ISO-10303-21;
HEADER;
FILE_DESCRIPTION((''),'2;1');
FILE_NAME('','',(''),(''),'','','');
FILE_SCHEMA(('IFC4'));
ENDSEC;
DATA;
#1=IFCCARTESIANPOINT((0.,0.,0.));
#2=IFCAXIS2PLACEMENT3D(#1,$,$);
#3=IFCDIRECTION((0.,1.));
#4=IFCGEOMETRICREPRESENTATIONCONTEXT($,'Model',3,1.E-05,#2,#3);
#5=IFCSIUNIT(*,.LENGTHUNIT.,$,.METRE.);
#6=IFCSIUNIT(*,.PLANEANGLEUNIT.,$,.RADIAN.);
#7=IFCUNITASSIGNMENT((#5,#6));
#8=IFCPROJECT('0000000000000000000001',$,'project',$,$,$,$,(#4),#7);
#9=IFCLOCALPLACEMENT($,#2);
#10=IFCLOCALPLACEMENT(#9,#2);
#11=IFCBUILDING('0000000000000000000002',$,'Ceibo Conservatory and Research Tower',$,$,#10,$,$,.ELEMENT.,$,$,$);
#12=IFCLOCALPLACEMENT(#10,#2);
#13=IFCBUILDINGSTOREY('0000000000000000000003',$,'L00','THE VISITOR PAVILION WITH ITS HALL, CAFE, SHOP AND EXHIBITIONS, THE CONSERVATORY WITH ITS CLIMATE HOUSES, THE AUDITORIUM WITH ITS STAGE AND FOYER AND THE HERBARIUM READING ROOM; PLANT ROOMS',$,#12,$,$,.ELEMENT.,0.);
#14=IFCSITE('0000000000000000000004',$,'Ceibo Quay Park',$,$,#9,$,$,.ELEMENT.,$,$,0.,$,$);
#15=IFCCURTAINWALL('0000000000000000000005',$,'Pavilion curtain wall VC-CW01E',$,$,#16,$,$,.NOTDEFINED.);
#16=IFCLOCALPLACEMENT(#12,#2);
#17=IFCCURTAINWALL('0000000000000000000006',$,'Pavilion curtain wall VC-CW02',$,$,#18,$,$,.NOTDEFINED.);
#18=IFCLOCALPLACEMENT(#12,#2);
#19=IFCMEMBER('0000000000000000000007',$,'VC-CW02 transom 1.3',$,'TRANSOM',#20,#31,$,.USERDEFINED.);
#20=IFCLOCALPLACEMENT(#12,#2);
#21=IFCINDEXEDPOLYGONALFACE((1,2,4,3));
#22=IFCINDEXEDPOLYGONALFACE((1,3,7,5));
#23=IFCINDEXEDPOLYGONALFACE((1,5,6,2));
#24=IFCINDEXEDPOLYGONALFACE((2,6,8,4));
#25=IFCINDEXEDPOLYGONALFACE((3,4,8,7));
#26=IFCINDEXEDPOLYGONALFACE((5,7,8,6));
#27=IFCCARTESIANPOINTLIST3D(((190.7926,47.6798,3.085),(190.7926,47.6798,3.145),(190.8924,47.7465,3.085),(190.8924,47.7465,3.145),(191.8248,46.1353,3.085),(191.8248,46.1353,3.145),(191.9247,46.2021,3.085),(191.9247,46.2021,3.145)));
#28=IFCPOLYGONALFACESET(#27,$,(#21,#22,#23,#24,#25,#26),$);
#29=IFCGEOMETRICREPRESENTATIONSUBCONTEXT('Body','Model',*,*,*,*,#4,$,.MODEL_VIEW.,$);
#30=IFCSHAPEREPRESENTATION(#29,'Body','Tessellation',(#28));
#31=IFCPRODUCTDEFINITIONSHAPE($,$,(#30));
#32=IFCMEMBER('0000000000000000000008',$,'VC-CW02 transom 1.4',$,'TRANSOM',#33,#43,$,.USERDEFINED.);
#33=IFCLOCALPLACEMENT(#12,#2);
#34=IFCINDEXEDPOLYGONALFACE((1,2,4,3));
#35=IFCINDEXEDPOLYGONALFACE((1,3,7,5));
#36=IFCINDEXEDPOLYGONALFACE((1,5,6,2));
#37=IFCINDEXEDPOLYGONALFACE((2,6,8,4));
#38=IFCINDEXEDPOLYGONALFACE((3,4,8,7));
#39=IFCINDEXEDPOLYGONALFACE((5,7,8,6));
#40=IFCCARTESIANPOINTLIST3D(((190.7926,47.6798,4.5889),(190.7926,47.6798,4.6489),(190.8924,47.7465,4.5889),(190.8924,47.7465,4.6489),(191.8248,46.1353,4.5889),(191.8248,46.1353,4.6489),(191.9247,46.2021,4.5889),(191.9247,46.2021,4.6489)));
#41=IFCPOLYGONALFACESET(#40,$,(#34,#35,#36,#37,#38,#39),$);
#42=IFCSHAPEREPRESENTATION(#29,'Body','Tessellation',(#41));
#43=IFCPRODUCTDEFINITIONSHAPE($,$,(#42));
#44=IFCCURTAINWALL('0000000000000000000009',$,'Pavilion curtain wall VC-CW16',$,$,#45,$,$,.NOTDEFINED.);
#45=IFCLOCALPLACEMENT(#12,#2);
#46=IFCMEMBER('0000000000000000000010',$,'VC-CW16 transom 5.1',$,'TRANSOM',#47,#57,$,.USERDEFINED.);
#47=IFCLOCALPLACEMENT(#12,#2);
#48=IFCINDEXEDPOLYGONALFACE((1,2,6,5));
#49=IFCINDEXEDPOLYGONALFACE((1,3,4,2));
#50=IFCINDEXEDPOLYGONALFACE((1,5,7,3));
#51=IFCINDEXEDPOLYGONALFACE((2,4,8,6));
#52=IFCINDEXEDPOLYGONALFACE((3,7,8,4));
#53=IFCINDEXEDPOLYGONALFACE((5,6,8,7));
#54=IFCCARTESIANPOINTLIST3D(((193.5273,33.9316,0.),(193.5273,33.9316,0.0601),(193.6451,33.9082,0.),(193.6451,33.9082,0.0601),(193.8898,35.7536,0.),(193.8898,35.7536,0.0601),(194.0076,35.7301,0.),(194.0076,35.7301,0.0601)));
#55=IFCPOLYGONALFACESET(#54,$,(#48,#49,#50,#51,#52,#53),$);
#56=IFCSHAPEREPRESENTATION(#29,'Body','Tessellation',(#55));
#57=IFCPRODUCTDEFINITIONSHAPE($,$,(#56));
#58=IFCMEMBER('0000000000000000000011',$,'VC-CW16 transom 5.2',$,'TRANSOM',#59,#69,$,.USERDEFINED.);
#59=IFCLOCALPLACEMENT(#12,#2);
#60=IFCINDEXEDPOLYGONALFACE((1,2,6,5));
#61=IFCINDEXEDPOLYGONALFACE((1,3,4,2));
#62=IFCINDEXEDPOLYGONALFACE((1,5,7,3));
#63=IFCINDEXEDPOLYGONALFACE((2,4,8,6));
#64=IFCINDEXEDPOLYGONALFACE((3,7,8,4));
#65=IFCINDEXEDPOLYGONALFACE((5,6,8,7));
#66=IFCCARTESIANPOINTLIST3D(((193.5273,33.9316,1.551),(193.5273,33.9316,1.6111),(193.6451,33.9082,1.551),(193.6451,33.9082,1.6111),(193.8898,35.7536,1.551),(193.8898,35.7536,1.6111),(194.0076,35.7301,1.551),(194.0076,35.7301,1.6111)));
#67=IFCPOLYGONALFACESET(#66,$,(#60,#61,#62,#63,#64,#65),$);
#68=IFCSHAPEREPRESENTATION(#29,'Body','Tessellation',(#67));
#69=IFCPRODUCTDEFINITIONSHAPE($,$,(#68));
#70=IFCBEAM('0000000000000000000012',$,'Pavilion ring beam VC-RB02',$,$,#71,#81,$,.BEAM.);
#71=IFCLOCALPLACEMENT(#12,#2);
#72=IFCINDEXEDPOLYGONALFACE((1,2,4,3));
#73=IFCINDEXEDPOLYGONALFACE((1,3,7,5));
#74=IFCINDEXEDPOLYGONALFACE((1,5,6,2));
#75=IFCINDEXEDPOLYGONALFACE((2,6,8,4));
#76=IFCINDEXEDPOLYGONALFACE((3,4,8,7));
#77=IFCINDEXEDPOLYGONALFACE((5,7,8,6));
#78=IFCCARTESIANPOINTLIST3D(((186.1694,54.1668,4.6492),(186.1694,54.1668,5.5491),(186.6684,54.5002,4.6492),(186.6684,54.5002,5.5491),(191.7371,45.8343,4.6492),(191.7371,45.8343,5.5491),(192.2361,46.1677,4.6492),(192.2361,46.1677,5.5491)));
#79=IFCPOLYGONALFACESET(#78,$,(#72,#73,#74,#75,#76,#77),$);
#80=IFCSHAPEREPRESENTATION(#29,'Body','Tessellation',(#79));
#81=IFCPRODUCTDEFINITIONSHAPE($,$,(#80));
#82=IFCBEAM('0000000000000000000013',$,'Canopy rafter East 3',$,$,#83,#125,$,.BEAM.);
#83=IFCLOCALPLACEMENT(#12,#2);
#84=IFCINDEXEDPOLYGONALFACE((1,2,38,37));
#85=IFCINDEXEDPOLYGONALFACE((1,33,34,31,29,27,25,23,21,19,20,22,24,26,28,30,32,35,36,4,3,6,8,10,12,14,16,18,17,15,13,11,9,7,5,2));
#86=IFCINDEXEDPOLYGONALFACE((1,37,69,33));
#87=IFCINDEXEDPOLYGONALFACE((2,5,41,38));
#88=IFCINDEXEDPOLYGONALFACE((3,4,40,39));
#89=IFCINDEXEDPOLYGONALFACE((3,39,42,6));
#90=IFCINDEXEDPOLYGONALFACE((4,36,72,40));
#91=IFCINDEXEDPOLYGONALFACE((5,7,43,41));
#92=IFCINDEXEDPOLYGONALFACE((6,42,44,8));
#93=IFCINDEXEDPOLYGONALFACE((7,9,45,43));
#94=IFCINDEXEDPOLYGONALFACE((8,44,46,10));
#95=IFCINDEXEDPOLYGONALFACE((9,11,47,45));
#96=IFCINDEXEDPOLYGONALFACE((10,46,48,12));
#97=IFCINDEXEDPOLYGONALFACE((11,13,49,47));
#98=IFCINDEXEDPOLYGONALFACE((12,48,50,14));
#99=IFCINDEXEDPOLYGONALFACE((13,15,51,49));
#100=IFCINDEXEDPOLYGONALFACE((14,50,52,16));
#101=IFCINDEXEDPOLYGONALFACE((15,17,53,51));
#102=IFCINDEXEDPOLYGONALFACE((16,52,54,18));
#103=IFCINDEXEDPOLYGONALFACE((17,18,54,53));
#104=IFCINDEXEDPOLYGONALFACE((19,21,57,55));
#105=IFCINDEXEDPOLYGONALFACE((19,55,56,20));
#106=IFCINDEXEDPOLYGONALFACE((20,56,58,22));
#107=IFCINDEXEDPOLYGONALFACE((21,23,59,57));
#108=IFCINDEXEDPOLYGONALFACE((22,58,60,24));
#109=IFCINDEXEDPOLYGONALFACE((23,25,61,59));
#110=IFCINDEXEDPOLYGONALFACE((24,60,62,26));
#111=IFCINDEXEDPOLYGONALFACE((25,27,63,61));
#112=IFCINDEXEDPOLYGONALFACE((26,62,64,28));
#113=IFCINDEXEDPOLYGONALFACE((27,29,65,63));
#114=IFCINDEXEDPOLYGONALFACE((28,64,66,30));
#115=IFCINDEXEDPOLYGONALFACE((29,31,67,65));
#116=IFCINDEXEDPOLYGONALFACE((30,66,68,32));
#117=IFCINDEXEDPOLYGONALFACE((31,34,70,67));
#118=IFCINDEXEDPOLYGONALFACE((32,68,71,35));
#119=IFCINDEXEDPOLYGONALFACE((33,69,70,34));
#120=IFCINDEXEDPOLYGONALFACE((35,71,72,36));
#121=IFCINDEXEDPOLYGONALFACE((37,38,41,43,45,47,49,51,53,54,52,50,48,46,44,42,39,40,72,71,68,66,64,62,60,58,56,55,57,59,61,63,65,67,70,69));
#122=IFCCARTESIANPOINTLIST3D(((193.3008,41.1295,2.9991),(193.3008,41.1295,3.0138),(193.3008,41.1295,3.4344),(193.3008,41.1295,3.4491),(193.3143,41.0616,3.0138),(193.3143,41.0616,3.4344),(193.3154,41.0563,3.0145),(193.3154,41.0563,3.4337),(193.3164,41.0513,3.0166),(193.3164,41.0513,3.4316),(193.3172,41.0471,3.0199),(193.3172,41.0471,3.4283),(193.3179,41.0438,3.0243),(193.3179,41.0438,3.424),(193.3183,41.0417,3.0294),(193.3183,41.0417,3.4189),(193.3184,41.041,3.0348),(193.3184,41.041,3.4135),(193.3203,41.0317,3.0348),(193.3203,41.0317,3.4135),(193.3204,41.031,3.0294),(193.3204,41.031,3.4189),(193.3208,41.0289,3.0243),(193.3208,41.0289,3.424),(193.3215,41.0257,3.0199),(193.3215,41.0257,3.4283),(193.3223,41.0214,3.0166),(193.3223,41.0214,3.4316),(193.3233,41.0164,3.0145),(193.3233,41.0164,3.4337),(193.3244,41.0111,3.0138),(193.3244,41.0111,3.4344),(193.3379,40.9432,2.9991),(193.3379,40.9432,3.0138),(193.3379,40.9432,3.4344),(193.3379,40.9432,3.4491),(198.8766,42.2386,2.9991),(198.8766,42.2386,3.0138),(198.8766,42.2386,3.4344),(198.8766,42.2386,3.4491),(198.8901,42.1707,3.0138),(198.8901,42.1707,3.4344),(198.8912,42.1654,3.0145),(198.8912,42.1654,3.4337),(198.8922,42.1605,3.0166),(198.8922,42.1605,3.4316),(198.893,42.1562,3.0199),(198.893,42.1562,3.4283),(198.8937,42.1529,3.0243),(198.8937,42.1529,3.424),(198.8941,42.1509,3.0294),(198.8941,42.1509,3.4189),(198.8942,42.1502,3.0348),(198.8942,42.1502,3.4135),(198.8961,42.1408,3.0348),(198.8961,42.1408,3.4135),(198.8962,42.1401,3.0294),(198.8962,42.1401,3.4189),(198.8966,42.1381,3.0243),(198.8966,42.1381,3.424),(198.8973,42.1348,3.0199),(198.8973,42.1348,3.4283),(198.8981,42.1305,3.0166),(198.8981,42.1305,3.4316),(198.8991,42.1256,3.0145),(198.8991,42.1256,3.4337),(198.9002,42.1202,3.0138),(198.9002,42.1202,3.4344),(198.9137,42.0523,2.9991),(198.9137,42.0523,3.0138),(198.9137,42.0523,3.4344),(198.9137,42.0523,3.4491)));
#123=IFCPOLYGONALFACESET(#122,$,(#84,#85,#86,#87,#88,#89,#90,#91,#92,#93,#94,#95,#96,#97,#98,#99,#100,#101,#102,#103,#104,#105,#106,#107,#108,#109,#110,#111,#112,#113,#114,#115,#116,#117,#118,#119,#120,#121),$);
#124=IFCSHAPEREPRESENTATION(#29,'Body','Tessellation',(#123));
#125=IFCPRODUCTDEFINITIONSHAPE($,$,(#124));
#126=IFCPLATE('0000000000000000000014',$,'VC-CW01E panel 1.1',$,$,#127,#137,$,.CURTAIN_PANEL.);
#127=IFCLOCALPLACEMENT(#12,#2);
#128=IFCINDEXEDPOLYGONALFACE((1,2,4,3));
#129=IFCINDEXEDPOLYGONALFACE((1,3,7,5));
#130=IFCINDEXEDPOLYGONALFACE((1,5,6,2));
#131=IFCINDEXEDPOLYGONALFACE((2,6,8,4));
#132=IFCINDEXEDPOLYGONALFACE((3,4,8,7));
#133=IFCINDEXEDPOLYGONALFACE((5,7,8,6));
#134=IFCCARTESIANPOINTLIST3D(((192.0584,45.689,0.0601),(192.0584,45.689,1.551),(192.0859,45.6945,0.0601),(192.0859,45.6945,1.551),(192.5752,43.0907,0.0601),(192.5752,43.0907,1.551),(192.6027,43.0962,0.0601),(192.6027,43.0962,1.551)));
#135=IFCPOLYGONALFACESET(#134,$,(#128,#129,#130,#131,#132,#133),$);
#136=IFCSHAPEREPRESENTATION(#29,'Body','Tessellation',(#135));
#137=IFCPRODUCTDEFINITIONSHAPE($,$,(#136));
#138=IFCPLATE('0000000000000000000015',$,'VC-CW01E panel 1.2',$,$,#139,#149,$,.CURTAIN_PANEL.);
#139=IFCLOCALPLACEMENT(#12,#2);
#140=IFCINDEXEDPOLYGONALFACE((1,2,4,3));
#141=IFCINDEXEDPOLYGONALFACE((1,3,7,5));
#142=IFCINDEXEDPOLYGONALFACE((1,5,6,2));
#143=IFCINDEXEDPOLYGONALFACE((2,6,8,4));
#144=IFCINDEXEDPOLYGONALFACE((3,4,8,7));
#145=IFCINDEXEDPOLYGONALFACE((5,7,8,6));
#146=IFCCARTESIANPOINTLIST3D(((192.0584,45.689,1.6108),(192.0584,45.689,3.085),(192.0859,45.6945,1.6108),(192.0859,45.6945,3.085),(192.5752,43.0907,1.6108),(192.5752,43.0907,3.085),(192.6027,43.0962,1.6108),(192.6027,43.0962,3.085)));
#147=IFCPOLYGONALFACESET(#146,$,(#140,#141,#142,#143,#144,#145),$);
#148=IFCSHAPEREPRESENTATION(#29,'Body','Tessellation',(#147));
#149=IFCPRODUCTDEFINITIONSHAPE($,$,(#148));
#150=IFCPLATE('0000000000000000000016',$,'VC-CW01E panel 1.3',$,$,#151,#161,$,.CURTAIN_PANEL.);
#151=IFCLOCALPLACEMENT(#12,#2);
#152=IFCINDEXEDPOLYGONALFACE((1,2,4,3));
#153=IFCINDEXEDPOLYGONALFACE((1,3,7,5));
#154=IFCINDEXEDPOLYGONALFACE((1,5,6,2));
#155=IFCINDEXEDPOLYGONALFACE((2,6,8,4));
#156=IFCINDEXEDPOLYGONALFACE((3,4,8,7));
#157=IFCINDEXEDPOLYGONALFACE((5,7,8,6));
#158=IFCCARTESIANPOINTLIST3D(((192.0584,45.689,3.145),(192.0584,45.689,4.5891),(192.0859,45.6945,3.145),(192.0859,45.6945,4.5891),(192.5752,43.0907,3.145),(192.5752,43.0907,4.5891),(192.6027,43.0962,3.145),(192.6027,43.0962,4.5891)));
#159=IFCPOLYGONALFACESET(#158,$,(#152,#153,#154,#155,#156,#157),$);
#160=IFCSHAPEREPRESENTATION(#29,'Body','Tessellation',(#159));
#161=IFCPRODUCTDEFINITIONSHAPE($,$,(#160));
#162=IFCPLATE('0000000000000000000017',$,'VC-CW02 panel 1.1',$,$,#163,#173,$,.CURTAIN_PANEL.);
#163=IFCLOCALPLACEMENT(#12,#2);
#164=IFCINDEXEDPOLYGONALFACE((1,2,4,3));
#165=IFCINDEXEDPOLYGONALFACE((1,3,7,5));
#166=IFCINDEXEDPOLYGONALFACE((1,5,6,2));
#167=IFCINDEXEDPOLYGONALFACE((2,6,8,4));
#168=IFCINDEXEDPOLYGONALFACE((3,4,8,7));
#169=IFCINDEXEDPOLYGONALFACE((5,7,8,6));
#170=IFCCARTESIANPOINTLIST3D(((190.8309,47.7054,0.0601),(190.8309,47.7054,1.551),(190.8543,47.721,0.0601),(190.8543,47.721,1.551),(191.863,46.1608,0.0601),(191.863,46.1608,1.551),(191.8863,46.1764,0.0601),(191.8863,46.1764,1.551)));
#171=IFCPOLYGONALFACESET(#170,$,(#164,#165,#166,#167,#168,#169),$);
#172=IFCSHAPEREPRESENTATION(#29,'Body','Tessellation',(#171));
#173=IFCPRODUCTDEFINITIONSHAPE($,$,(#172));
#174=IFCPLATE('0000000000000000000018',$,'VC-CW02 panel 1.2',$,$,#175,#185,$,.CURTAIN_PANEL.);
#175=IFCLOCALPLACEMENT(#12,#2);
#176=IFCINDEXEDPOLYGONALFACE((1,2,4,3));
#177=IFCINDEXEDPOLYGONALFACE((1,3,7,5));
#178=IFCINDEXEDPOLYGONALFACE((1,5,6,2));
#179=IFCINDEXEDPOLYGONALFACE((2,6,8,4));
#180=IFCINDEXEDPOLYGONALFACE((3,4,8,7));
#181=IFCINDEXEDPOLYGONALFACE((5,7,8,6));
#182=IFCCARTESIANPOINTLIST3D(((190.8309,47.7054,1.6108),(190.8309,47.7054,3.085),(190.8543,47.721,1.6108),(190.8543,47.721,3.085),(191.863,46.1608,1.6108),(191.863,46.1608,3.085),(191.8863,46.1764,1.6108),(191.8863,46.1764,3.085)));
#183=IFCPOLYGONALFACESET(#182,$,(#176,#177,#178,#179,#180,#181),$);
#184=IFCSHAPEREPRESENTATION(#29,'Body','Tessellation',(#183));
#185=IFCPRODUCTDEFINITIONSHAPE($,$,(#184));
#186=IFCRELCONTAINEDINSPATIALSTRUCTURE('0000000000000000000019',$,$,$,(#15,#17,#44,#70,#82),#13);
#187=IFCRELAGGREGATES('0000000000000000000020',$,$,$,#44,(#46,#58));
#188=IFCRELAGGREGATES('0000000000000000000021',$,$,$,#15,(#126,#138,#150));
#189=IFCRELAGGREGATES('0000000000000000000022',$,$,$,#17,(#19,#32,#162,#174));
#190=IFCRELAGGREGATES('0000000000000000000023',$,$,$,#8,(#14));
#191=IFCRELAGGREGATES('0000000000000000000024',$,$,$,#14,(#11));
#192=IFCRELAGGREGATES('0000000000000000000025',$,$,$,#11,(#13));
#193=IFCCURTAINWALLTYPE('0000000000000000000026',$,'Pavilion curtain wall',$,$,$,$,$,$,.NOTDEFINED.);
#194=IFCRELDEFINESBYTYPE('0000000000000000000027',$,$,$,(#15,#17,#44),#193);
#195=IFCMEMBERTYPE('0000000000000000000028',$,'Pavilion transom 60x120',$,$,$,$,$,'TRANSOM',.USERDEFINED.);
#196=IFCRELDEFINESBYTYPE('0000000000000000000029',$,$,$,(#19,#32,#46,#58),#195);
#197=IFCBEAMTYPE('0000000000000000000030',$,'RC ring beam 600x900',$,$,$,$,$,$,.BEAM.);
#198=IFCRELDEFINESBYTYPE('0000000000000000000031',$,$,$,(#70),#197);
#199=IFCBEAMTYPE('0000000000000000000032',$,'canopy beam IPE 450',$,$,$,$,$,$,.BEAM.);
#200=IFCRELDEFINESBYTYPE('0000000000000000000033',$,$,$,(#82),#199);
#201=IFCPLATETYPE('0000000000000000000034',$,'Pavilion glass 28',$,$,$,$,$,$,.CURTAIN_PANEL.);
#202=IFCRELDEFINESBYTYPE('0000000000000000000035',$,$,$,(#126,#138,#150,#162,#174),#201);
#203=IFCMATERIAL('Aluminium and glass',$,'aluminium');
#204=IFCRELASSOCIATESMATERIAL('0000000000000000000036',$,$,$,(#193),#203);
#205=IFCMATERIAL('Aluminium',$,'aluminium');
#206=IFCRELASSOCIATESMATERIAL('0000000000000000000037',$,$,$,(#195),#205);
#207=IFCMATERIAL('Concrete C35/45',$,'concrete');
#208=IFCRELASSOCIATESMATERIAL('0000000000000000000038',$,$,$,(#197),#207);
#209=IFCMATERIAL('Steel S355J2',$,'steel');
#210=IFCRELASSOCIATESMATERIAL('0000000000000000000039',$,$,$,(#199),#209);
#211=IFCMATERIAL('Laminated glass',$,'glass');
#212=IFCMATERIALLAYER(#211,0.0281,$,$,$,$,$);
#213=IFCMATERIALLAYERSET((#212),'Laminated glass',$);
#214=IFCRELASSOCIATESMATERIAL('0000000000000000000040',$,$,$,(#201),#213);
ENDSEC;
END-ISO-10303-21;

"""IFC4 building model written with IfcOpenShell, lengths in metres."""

from ifc_helpers import new_model, si_unit, direction, frame, origin, origin_2d, place, context, subcontext, project, spatial, rectangle, i_section, extrude, material, layer, layer_set, material_profile, profile_set, type_object, element, aggregate, save


model = new_model("IFC4")

# Units and contexts
model_context = context("Model", 3, precision=1e-05, world=origin(), true_north=direction((0.0, 1.0)))
body_context = subcontext(model_context, "Body", "Model", "MODEL_VIEW")
ifc_project = project(units=[si_unit("LENGTHUNIT", "METRE"), si_unit("PLANEANGLEUNIT", "RADIAN")], contexts=[model_context])

# Site, building, storey
site_placement = place(None, origin())
site = spatial("IfcSite", under=ifc_project, at=site_placement, Name="Ceibo Quay Park", CompositionType="ELEMENT", RefElevation=0.0)
building_placement = place(site_placement, origin())
building = spatial("IfcBuilding", under=site, at=building_placement, Name="Ceibo Conservatory and Research Tower", CompositionType="ELEMENT")
storey_placement = place(building_placement, origin())
storey = spatial("IfcBuildingStorey", under=building, at=storey_placement, Name="L00", Description="THE VISITOR PAVILION WITH ITS HALL, CAFE, SHOP AND EXHIBITIONS, THE CONSERVATORY WITH ITS CLIMATE HOUSES, THE AUDITORIUM WITH ITS STAGE AND FOYER AND THE HERBARIUM READING ROOM; PLANT ROOMS", CompositionType="ELEMENT", Elevation=0.0)

# Shared definitions
ifc_material_1 = material(Name="Concrete C35/45", Category="concrete")

# Shared definitions
ifc_material_2 = material(Name="Aluminium and glass", Category="aluminium")
curtain_wall_type = type_object("IfcCurtainWallType", Name="Pavilion curtain wall", PredefinedType="NOTDEFINED", material=ifc_material_2)
ifc_material_3 = material(Name="Aluminium", Category="aluminium")

# Curtain wall
curtain_wall_1_placement = place(storey_placement, origin())
curtain_wall_1 = element("IfcCurtainWall", 1, at=curtain_wall_1_placement, inside=storey, type_object=curtain_wall_type, Name="Pavilion curtain wall VC-CW01E", PredefinedType="NOTDEFINED")

# Curtain wall
curtain_wall_2_placement = place(storey_placement, origin())
curtain_wall_2 = element("IfcCurtainWall", 2, at=curtain_wall_2_placement, inside=storey, type_object=curtain_wall_type, Name="Pavilion curtain wall VC-CW02", PredefinedType="NOTDEFINED")

# Members
ifc_material_profile_1 = material_profile(ifc_material_3, rectangle(XDim=0.1201, YDim=0.0601, at=origin_2d()), Name="AL 60x120")
ifc_profile_set_1 = profile_set([ifc_material_profile_1], Name="Aluminium")
member_type_1 = type_object("IfcMemberType", Name="Pavilion transom 60x120", ElementType="TRANSOM", PredefinedType="USERDEFINED", material=ifc_profile_set_1)
member_1_placement = place(storey_placement, frame((191.8748, 46.1687, 3.115), z_axis=(-0.55567, 0.831403, 0.0), x_axis=(-0.831403, -0.55567, 0.0)))
member_1 = element("IfcMember", 3, at=member_1_placement, type_object=member_type_1, Name="VC-CW02 transom 1.3", ObjectType="TRANSOM", PredefinedType="USERDEFINED", context=body_context, shape_type="SweptSolid", body=[
    extrude(rectangle(XDim=0.1201, YDim=0.0601, at=origin_2d()), origin(), (0.0, 0.0, 1.0), 1.8577),
])
member_2_placement = place(storey_placement, frame((191.8748, 46.1687, 4.6189), z_axis=(-0.55567, 0.831403, 0.0), x_axis=(-0.831403, -0.55567, 0.0)))
member_2 = element("IfcMember", 4, at=member_2_placement, type_object=member_type_1, Name="VC-CW02 transom 1.4", ObjectType="TRANSOM", PredefinedType="USERDEFINED", context=body_context, shape_type="SweptSolid", body=[
    extrude(rectangle(XDim=0.1201, YDim=0.0601, at=origin_2d()), origin(), (0.0, 0.0, 1.0), 1.8577),
])

# Curtain wall, members
curtain_wall_3_placement = place(storey_placement, origin())
curtain_wall_3 = element("IfcCurtainWall", 5, at=curtain_wall_3_placement, inside=storey, type_object=curtain_wall_type, Name="Pavilion curtain wall VC-CW16", PredefinedType="NOTDEFINED")
member_3_placement = place(storey_placement, frame((193.5862, 33.9199, 0.03), z_axis=(0.195156, 0.980772, 0.0), x_axis=(-0.980772, 0.195156, 0.0)))
member_3 = element("IfcMember", 6, at=member_3_placement, type_object=member_type_1, Name="VC-CW16 transom 5.1", ObjectType="TRANSOM", PredefinedType="USERDEFINED", context=body_context, shape_type="SweptSolid", body=[
    extrude(rectangle(XDim=0.1201, YDim=0.0601, at=origin_2d()), origin(), (0.0, 0.0, 1.0), 1.8577),
])
member_4_placement = place(storey_placement, frame((193.5862, 33.9199, 1.5811), z_axis=(0.195156, 0.980772, 0.0), x_axis=(-0.980772, 0.195156, 0.0)))
member_4 = element("IfcMember", 7, at=member_4_placement, type_object=member_type_1, Name="VC-CW16 transom 5.2", ObjectType="TRANSOM", PredefinedType="USERDEFINED", context=body_context, shape_type="SweptSolid", body=[
    extrude(rectangle(XDim=0.1201, YDim=0.0601, at=origin_2d()), origin(), (0.0, 0.0, 1.0), 1.8577),
])
aggregate(curtain_wall_3, [member_3, member_4])

# Beams
ifc_material_profile_2 = material_profile(ifc_material_1, rectangle(XDim=0.6001, YDim=0.8999, at=origin_2d()), Name="RC 600x900")
ifc_profile_set_2 = profile_set([ifc_material_profile_2], Name="Concrete C35/45")
beam_type_1 = type_object("IfcBeamType", Name="RC ring beam 600x900", PredefinedType="BEAM", material=ifc_profile_set_2)
beam_1_placement = place(storey_placement, frame((191.9866, 46.001, 5.0991), z_axis=(-0.555571, 0.831469, 0.0), x_axis=(-0.831469, -0.555571, 0.0)))
element("IfcBeam", 8, at=beam_1_placement, inside=storey, type_object=beam_type_1, Name="Pavilion ring beam VC-RB02", PredefinedType="BEAM", context=body_context, shape_type="SweptSolid", body=[
    extrude(rectangle(XDim=0.6001, YDim=0.8999, at=origin_2d()), origin(), (0.0, 0.0, 1.0), 10.0215),
])
ifc_material_4 = material(Name="Steel S355J2", Category="steel")
ifc_material_profile_3 = material_profile(ifc_material_4, i_section(OverallWidth=0.1899, OverallDepth=0.45, WebThickness=0.0095, FlangeThickness=0.0146, FilletRadius=0.021, at=origin_2d()), Name="IPE 450")
ifc_profile_set_3 = profile_set([ifc_material_profile_3], Name="Steel S355J2")
beam_type_2 = type_object("IfcBeamType", Name="canopy beam IPE 450", PredefinedType="BEAM", material=ifc_profile_set_3)
beam_2_placement = place(storey_placement, frame((193.3193, 41.0364, 3.2241), z_axis=(0.980785, 0.195092, 0.0), x_axis=(-0.195092, 0.980785, 0.0)))
element("IfcBeam", 9, at=beam_2_placement, inside=storey, type_object=beam_type_2, Name="Canopy rafter East 3", PredefinedType="BEAM", context=body_context, shape_type="SweptSolid", body=[
    extrude(i_section(OverallWidth=0.1899, OverallDepth=0.45, WebThickness=0.0095, FlangeThickness=0.0146, FilletRadius=0.021, at=origin_2d()), origin(), (0.0, 0.0, 1.0), 5.6851),
])

# Plates
ifc_material_5 = material(Name="Laminated glass", Category="glass")
ifc_layer_1 = layer(ifc_material_5, 0.0281)
ifc_layer_set_1 = layer_set([ifc_layer_1], Name="Laminated glass")
plate_type = type_object("IfcPlateType", Name="Pavilion glass 28", PredefinedType="CURTAIN_PANEL", material=ifc_layer_set_1)
plate_1_placement = place(storey_placement, frame((192.3306, 44.3926, 0.0601), z_axis=(0.0, 0.0, 1.0), x_axis=(-0.19509, 0.980785, 0.0)))
plate_1 = element("IfcPlate", 10, at=plate_1_placement, type_object=plate_type, Name="VC-CW01E panel 1.1", PredefinedType="CURTAIN_PANEL", context=body_context, shape_type="SweptSolid", body=[
    extrude(rectangle(XDim=2.6492, YDim=0.0281, at=origin_2d()), origin(), (0.0, 0.0, 1.0), 1.491),
])
plate_2_placement = place(storey_placement, frame((192.3306, 44.3926, 1.6108), z_axis=(0.0, 0.0, 1.0), x_axis=(-0.19509, 0.980785, 0.0)))
plate_2 = element("IfcPlate", 11, at=plate_2_placement, type_object=plate_type, Name="VC-CW01E panel 1.2", PredefinedType="CURTAIN_PANEL", context=body_context, shape_type="SweptSolid", body=[
    extrude(rectangle(XDim=2.6492, YDim=0.0281, at=origin_2d()), origin(), (0.0, 0.0, 1.0), 1.4741),
])
plate_3_placement = place(storey_placement, frame((192.3306, 44.3926, 3.145), z_axis=(0.0, 0.0, 1.0), x_axis=(-0.19509, 0.980785, 0.0)))
plate_3 = element("IfcPlate", 12, at=plate_3_placement, type_object=plate_type, Name="VC-CW01E panel 1.3", PredefinedType="CURTAIN_PANEL", context=body_context, shape_type="SweptSolid", body=[
    extrude(rectangle(XDim=2.6492, YDim=0.0281, at=origin_2d()), origin(), (0.0, 0.0, 1.0), 1.4441),
])
aggregate(curtain_wall_1, [plate_1, plate_2, plate_3])
plate_4_placement = place(storey_placement, frame((191.3586, 46.9409, 0.0601), z_axis=(0.0, 0.0, 1.0), x_axis=(-0.55557, 0.83147, 0.0)))
plate_4 = element("IfcPlate", 13, at=plate_4_placement, type_object=plate_type, Name="VC-CW02 panel 1.1", PredefinedType="CURTAIN_PANEL", context=body_context, shape_type="SweptSolid", body=[
    extrude(rectangle(XDim=1.8577, YDim=0.0281, at=origin_2d()), origin(), (0.0, 0.0, 1.0), 1.491),
])
plate_5_placement = place(storey_placement, frame((191.3586, 46.9409, 1.6108), z_axis=(0.0, 0.0, 1.0), x_axis=(-0.55557, 0.83147, 0.0)))
plate_5 = element("IfcPlate", 14, at=plate_5_placement, type_object=plate_type, Name="VC-CW02 panel 1.2", PredefinedType="CURTAIN_PANEL", context=body_context, shape_type="SweptSolid", body=[
    extrude(rectangle(XDim=1.8577, YDim=0.0281, at=origin_2d()), origin(), (0.0, 0.0, 1.0), 1.4741),
])
aggregate(curtain_wall_2, [member_1, member_2, plate_4, plate_5])

save(model, "model.ifc")
